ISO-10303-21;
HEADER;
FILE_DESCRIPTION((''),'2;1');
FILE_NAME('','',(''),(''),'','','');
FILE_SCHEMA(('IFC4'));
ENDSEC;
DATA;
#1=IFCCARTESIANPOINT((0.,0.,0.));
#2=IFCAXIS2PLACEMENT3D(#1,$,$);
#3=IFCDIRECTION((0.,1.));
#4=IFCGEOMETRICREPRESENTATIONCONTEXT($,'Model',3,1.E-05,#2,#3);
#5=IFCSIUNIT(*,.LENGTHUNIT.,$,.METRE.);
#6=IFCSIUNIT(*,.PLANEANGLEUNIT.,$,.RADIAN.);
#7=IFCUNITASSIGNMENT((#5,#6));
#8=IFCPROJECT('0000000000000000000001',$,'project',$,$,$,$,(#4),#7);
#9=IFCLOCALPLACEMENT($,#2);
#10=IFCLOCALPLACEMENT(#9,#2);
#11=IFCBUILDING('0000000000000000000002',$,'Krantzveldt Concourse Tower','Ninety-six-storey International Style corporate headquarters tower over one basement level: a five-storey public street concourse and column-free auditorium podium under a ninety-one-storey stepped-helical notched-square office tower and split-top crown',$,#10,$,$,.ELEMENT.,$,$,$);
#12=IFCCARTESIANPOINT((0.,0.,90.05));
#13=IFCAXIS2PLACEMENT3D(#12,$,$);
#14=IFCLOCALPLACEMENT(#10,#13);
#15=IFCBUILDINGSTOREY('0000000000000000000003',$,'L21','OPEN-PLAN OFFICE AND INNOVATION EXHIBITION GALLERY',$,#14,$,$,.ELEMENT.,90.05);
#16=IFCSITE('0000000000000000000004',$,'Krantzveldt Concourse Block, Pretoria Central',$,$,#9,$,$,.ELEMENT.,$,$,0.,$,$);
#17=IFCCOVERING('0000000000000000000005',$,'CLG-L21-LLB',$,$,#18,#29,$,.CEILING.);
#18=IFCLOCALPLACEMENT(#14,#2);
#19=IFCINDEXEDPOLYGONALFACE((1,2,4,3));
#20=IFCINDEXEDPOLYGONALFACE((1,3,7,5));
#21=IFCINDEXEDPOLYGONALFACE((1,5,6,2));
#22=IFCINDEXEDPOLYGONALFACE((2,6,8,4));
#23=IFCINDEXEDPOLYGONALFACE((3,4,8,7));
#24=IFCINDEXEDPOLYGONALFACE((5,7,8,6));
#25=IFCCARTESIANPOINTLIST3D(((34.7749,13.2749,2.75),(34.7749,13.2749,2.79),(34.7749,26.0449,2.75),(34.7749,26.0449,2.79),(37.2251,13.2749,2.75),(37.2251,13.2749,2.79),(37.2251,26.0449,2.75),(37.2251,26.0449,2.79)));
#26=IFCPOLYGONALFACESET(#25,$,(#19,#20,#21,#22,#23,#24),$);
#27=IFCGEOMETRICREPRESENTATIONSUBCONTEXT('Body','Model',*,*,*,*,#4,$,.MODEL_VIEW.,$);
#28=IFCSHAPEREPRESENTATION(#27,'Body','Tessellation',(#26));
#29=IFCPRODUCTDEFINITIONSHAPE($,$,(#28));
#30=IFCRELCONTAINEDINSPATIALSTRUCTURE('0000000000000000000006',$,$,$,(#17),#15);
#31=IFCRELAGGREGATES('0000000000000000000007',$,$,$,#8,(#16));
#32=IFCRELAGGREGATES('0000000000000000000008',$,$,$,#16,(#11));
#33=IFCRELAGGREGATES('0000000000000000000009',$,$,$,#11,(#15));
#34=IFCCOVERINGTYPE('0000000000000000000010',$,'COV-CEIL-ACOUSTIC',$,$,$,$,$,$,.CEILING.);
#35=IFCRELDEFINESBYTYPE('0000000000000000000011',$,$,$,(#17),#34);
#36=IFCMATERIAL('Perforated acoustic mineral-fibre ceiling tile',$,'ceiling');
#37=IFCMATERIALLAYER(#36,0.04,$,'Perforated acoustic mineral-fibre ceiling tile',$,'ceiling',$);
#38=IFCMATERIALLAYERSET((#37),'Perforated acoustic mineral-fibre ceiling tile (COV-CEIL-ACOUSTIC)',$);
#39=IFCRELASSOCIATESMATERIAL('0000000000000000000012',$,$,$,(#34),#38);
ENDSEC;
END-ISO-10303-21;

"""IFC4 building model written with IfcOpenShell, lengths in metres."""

from ifc_helpers import new_model, si_unit, direction, frame, origin, place, context, subcontext, project, spatial, polyline, outline, extrude, material, layer, layer_set, type_object, element, save


model = new_model("IFC4")

# Units and contexts
model_context = context("Model", 3, precision=1e-05, world=origin(), true_north=direction((0.0, 1.0)))
body_context = subcontext(model_context, "Body", "Model", "MODEL_VIEW")
ifc_project = project(units=[si_unit("LENGTHUNIT", "METRE"), si_unit("PLANEANGLEUNIT", "RADIAN")], contexts=[model_context])

# Site, building, storey
site_placement = place(None, origin())
site = spatial("IfcSite", under=ifc_project, at=site_placement, Name="Krantzveldt Concourse Block, Pretoria Central", CompositionType="ELEMENT", RefElevation=0.0)
building_placement = place(site_placement, origin())
building = spatial("IfcBuilding", under=site, at=building_placement, Name="Krantzveldt Concourse Tower", Description="Ninety-six-storey International Style corporate headquarters tower over one basement level: a five-storey public street concourse and column-free auditorium podium under a ninety-one-storey stepped-helical notched-square office tower and split-top crown", CompositionType="ELEMENT")
storey_placement = place(building_placement, frame((0.0, 0.0, 90.05)))
storey = spatial("IfcBuildingStorey", under=building, at=storey_placement, Name="L21", Description="OPEN-PLAN OFFICE AND INNOVATION EXHIBITION GALLERY", CompositionType="ELEMENT", Elevation=90.05)

# Covering
ifc_material_1 = material(Name="Perforated acoustic mineral-fibre ceiling tile", Category="ceiling")
ifc_layer_1 = layer(ifc_material_1, 0.04, Name="Perforated acoustic mineral-fibre ceiling tile", Category="ceiling")
ifc_layer_set_1 = layer_set([ifc_layer_1], Name="Perforated acoustic mineral-fibre ceiling tile (COV-CEIL-ACOUSTIC)")
covering_type = type_object("IfcCoveringType", Name="COV-CEIL-ACOUSTIC", PredefinedType="CEILING", material=ifc_layer_set_1)
covering_placement = place(storey_placement, frame((0.0, 0.0, 2.75)))
element("IfcCovering", 1, at=covering_placement, inside=storey, type_object=covering_type, Name="CLG-L21-LLB", PredefinedType="CEILING", context=body_context, shape_type="SweptSolid", body=[
    extrude(outline(polyline([(37.2251, 13.2749), (34.7749, 13.2749), (34.7749, 26.0449), (37.2251, 26.0449), (37.2251, 13.2749)])), origin(), (0.0, 0.0, 1.0), 0.04),
])

save(model, "model.ifc")
